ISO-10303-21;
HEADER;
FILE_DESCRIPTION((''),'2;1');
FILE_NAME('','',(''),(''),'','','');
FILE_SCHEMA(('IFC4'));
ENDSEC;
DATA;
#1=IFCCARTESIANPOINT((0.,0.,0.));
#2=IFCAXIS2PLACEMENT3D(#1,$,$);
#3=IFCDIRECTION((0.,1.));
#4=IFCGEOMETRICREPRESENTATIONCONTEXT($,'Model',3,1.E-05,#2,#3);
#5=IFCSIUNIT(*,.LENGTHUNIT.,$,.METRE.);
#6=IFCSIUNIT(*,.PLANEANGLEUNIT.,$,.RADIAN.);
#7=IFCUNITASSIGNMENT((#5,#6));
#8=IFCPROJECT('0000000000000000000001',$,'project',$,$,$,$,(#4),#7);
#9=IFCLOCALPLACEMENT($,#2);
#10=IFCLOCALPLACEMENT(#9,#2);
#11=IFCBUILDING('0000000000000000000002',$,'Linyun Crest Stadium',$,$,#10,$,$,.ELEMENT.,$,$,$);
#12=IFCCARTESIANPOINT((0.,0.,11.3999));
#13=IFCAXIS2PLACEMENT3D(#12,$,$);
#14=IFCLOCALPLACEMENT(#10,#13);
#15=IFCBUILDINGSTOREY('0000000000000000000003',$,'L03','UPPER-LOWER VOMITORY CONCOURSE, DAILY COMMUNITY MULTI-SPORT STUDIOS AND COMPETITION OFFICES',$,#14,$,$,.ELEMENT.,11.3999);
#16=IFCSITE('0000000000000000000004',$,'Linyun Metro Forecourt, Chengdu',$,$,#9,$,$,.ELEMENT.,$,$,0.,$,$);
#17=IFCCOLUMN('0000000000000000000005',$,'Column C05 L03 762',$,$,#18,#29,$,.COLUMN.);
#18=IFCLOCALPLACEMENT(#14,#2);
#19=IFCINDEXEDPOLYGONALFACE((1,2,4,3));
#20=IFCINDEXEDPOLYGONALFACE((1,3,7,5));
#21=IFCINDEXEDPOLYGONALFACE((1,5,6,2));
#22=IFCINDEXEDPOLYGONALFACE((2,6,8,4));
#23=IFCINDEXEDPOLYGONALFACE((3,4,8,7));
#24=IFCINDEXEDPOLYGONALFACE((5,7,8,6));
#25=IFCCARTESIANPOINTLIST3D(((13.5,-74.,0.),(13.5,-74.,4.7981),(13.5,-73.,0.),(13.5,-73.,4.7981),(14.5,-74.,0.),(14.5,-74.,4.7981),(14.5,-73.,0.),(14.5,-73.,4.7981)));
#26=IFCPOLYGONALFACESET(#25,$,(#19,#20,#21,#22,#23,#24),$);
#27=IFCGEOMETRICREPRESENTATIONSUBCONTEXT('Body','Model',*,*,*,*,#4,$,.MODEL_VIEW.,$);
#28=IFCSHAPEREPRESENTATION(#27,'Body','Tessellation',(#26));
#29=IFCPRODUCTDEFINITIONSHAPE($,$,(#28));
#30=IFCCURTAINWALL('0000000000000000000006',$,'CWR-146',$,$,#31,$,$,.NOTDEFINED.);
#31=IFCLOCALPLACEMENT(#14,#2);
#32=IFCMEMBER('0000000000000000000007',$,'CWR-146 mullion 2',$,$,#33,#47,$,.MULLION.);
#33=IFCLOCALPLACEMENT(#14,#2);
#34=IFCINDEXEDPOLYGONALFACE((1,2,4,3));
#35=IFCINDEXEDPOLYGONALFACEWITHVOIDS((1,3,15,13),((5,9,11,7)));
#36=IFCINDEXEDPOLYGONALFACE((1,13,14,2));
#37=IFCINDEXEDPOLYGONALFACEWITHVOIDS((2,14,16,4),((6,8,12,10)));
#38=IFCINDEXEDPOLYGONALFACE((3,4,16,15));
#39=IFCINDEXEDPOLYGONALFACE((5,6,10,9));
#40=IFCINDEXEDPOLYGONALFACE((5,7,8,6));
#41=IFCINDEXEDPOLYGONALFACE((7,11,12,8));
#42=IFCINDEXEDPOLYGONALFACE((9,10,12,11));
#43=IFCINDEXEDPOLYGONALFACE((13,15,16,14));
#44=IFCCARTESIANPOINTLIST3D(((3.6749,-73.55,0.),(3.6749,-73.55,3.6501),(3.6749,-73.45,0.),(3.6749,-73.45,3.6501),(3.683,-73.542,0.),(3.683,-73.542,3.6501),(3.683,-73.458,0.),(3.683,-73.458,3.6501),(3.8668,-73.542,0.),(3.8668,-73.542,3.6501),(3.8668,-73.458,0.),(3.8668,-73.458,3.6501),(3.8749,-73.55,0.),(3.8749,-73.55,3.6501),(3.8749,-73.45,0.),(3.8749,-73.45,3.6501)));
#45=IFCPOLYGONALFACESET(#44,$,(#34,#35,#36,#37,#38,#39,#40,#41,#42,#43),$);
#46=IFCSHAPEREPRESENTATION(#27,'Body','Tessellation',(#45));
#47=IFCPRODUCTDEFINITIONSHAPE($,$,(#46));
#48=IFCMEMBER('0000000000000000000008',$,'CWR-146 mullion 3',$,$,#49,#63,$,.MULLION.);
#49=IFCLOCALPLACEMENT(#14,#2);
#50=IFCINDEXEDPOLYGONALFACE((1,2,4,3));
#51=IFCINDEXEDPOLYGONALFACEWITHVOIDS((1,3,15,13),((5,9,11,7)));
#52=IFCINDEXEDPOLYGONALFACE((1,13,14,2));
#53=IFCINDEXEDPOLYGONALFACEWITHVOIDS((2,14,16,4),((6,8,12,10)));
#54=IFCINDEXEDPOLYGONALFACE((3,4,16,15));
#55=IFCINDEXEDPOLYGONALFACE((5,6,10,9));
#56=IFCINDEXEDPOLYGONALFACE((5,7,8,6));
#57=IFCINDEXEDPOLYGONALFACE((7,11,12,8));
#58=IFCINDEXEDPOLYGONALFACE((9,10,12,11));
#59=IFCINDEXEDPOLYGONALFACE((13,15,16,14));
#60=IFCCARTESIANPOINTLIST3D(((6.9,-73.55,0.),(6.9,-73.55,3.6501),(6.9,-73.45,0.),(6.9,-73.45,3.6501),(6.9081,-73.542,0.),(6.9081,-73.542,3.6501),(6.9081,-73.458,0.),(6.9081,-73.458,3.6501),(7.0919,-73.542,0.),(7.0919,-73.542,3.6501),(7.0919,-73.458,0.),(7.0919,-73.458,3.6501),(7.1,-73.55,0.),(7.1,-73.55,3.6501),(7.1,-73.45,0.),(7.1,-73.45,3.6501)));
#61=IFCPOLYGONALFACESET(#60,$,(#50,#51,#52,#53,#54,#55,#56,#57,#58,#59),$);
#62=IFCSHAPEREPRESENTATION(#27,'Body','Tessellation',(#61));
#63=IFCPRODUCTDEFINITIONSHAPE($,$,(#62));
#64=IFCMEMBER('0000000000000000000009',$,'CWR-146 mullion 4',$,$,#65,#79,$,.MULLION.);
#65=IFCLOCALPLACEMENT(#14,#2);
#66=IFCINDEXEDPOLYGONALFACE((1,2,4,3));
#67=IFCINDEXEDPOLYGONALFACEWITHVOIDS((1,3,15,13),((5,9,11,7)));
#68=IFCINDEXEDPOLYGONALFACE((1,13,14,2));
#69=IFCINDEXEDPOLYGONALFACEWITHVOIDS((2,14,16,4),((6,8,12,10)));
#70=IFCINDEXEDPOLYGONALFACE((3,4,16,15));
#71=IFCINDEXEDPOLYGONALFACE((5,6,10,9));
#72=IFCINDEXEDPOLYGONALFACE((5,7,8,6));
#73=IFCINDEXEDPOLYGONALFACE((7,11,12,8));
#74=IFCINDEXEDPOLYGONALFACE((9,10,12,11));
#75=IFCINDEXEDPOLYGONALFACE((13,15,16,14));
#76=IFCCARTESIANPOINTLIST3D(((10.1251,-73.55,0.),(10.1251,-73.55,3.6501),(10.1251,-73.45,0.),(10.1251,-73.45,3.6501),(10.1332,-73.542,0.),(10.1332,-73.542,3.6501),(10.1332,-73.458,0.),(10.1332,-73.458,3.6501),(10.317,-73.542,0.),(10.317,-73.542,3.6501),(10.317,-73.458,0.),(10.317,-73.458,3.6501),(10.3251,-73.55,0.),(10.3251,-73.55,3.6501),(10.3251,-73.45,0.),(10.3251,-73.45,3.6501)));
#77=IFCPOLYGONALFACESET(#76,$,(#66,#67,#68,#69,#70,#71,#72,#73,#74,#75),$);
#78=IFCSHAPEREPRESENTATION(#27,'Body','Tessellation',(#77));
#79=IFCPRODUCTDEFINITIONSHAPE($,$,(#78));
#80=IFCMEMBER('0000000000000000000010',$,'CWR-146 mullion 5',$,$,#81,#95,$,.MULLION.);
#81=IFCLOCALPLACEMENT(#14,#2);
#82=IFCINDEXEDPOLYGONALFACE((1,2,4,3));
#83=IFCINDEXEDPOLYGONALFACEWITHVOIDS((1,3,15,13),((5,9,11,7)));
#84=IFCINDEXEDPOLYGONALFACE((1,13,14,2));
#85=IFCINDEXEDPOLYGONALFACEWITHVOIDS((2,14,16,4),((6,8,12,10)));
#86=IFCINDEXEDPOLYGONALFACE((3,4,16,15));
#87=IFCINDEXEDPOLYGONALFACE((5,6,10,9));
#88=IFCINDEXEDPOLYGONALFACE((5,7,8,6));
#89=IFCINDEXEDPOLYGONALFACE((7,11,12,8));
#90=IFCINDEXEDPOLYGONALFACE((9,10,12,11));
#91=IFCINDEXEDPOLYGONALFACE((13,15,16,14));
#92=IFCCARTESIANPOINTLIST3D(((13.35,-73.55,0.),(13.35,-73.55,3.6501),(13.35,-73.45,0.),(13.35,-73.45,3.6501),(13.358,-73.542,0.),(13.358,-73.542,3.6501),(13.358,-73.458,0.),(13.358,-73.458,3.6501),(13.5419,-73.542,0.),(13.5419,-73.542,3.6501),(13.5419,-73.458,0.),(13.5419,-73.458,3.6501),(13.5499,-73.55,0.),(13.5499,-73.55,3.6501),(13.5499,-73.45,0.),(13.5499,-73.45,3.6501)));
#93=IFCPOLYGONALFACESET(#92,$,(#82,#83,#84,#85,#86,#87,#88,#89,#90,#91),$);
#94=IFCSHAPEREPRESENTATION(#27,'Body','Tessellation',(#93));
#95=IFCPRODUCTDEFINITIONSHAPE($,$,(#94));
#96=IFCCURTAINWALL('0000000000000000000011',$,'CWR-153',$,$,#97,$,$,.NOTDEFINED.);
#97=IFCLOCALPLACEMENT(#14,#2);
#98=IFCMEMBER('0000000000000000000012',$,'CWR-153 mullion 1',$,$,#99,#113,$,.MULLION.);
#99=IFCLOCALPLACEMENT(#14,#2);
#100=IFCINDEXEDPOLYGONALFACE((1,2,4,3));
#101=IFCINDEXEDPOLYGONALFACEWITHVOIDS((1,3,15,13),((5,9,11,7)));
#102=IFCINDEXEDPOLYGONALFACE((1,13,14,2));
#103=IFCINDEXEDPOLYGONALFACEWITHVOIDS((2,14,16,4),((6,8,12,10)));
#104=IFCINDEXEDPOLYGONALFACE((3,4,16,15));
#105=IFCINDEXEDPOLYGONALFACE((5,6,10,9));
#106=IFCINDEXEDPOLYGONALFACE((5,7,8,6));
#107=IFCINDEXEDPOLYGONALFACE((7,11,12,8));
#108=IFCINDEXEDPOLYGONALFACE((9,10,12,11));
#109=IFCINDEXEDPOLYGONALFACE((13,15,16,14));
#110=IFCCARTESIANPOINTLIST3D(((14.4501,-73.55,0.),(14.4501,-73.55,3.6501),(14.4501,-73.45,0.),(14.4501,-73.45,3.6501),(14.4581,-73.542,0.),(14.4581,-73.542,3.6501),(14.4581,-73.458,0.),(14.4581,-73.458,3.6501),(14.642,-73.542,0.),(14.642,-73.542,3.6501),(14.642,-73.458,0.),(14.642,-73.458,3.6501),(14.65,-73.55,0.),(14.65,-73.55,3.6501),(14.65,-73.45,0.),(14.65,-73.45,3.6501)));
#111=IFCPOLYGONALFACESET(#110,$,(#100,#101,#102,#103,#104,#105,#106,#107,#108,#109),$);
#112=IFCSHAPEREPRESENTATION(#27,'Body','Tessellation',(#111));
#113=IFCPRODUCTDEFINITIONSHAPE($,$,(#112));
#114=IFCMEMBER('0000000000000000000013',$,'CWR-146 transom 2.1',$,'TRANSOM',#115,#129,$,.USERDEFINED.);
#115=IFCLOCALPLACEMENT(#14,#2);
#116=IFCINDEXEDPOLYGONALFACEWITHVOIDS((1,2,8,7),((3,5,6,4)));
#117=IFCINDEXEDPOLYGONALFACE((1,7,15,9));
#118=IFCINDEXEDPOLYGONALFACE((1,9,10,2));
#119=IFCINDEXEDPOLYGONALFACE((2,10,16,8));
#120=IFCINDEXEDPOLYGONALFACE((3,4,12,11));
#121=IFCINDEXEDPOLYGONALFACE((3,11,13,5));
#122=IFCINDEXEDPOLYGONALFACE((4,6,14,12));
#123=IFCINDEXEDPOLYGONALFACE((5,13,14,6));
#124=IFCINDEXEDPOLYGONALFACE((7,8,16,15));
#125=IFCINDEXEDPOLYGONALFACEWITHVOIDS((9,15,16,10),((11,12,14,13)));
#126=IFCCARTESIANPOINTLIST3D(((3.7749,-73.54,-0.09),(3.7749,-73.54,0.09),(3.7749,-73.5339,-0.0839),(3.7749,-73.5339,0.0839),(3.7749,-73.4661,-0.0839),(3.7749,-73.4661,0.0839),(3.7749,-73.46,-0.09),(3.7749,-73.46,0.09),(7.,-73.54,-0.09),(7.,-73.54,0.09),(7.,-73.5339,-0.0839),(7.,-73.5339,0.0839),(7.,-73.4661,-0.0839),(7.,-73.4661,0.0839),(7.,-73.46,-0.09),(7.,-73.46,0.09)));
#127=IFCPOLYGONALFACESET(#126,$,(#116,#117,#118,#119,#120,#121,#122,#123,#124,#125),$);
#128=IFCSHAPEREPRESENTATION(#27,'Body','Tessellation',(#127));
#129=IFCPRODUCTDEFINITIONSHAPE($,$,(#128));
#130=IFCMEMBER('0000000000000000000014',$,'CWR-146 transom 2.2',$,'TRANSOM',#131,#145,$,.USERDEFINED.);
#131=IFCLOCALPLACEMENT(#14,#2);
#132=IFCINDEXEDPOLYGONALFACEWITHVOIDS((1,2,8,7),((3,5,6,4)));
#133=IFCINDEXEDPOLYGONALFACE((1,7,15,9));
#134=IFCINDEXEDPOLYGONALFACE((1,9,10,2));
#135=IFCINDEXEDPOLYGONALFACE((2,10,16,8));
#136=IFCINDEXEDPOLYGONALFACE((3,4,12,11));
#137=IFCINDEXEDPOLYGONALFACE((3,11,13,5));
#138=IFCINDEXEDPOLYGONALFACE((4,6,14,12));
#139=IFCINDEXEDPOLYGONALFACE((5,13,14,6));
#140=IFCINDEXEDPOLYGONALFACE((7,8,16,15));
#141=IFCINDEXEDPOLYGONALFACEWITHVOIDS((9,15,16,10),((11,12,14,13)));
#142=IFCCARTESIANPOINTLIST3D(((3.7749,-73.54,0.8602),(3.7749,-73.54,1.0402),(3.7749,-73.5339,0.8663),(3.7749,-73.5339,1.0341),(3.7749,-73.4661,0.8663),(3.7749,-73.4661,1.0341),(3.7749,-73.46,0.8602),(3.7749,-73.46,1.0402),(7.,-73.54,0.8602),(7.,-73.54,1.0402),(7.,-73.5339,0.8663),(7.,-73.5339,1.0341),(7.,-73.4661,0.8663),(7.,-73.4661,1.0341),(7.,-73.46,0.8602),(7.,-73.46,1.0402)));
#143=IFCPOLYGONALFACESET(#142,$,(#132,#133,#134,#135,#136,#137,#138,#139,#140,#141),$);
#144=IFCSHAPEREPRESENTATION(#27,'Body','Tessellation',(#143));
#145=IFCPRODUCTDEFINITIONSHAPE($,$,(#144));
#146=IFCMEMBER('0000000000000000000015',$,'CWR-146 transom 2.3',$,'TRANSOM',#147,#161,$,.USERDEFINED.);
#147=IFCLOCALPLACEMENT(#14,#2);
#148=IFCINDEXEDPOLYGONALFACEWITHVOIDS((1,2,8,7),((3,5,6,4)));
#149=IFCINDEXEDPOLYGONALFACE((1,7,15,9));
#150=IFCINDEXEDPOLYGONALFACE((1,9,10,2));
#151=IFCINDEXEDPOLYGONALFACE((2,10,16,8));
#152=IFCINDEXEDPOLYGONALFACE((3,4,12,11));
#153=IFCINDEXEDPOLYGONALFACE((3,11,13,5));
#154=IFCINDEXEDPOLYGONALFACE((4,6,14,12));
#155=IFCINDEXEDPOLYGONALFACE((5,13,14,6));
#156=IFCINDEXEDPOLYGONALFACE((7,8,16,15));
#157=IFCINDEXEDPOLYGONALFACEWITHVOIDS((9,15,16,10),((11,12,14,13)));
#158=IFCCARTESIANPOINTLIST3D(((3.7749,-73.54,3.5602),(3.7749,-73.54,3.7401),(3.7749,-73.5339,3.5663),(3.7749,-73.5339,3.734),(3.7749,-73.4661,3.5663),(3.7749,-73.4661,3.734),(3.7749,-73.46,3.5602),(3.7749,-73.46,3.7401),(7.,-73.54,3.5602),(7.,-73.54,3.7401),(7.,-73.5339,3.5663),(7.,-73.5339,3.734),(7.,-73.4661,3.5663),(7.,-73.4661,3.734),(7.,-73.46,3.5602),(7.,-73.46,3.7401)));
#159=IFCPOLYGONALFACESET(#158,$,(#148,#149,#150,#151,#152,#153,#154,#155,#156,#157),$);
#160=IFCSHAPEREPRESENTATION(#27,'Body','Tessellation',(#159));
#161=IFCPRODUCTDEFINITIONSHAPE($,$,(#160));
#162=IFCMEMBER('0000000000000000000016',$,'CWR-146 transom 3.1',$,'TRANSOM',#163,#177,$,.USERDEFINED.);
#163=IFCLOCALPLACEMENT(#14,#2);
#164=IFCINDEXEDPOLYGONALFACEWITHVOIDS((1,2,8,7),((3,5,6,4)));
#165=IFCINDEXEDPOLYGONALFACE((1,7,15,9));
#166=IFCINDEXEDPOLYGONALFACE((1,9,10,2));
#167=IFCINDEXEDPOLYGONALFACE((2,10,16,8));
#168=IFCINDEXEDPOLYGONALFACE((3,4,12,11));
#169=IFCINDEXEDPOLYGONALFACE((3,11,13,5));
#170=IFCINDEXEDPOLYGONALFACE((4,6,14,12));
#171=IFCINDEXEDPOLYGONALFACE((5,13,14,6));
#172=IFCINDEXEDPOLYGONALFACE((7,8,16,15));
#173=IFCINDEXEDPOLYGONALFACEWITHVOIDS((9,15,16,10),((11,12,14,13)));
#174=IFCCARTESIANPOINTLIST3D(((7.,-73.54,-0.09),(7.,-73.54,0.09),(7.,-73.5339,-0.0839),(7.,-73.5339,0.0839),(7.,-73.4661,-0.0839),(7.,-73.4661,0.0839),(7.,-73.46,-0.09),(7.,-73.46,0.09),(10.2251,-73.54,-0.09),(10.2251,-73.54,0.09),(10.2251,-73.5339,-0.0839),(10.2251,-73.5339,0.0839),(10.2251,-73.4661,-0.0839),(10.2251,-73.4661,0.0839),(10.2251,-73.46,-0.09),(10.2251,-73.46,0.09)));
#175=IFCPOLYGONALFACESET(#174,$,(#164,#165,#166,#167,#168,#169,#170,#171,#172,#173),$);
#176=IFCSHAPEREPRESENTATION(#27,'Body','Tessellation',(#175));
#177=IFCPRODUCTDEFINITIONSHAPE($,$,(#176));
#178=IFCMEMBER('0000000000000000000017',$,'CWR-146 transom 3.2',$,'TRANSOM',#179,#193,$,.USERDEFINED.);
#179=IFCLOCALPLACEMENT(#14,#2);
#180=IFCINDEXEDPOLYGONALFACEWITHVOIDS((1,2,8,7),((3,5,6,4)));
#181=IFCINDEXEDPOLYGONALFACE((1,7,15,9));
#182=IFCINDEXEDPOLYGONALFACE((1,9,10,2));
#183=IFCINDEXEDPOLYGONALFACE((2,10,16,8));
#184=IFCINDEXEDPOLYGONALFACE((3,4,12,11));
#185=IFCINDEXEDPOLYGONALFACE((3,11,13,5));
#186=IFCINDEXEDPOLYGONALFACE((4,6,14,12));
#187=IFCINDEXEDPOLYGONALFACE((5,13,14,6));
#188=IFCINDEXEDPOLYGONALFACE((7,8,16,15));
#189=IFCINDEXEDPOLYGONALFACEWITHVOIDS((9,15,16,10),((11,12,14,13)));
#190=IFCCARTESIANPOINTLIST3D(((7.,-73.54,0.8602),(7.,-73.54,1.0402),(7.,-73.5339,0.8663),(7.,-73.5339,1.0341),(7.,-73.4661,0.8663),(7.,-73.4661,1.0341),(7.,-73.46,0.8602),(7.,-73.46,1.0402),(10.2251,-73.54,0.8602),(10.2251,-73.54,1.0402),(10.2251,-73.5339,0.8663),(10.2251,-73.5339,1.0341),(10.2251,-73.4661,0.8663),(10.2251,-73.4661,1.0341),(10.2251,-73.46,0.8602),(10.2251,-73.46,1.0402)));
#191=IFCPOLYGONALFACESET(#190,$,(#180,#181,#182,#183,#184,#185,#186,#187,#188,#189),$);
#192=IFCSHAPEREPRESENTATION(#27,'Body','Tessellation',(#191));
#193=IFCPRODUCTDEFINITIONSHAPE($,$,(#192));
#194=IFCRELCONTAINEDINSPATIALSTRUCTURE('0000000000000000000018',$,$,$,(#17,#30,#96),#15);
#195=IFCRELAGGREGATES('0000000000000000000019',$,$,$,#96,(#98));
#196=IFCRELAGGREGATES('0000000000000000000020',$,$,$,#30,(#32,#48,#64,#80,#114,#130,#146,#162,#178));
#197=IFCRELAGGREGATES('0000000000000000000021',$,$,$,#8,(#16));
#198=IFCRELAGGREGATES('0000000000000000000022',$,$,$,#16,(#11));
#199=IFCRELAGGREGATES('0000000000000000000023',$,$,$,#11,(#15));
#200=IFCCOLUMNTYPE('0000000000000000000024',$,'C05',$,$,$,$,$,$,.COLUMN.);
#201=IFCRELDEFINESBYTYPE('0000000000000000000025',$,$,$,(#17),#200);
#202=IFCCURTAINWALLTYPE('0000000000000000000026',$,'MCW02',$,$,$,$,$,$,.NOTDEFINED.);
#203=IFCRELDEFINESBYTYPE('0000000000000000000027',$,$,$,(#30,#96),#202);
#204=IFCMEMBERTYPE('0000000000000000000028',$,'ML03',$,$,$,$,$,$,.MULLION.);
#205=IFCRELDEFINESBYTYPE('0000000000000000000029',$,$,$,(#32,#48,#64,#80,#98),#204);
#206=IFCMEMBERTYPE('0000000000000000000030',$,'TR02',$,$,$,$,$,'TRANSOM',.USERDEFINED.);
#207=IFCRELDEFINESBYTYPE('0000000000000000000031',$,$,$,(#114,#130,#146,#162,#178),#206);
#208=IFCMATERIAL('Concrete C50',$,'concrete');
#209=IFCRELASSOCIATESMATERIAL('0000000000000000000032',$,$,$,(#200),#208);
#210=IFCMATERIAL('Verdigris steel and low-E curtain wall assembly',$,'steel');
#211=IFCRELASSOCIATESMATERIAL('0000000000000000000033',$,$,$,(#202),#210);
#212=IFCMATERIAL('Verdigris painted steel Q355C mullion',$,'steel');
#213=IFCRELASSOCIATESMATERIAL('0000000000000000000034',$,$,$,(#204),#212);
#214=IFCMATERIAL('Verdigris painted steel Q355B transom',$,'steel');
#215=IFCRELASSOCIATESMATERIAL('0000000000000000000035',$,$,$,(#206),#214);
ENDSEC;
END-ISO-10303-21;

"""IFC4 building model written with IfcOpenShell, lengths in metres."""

from ifc_helpers import new_model, si_unit, direction, frame, origin, origin_2d, place, context, subcontext, project, spatial, rectangle, hollow_rectangle, extrude, material, material_profile, profile_set, type_object, element, aggregate, save


model = new_model("IFC4")

# Units and contexts
model_context = context("Model", 3, precision=1e-05, world=origin(), true_north=direction((0.0, 1.0)))
body_context = subcontext(model_context, "Body", "Model", "MODEL_VIEW")
ifc_project = project(units=[si_unit("LENGTHUNIT", "METRE"), si_unit("PLANEANGLEUNIT", "RADIAN")], contexts=[model_context])

# Site, building, storey
site_placement = place(None, origin())
site = spatial("IfcSite", under=ifc_project, at=site_placement, Name="Linyun Metro Forecourt, Chengdu", CompositionType="ELEMENT", RefElevation=0.0)
building_placement = place(site_placement, origin())
building = spatial("IfcBuilding", under=site, at=building_placement, Name="Linyun Crest Stadium", CompositionType="ELEMENT")
storey_placement = place(building_placement, frame((0.0, 0.0, 11.3999)))
storey = spatial("IfcBuildingStorey", under=building, at=storey_placement, Name="L03", Description="UPPER-LOWER VOMITORY CONCOURSE, DAILY COMMUNITY MULTI-SPORT STUDIOS AND COMPETITION OFFICES", CompositionType="ELEMENT", Elevation=11.3999)

# Column
ifc_material_1 = material(Name="Concrete C50", Category="concrete")
ifc_material_profile_1 = material_profile(ifc_material_1, rectangle(XDim=1.0, YDim=1.0, at=origin_2d()), Name="RC 1000x1000")
ifc_profile_set_1 = profile_set([ifc_material_profile_1], Name="Concrete C50")
column_type = type_object("IfcColumnType", Name="C05", PredefinedType="COLUMN", material=ifc_profile_set_1)
column_placement = place(storey_placement, frame((14.0, -73.5, 0.0), z_axis=(0.0, 0.0, 1.0), x_axis=(1.0, 0.0, 0.0)))
element("IfcColumn", 1, at=column_placement, inside=storey, type_object=column_type, Name="Column C05 L03 762", PredefinedType="COLUMN", context=body_context, shape_type="SweptSolid", body=[
    extrude(rectangle(XDim=1.0, YDim=1.0, at=origin_2d()), origin(), (0.0, 0.0, 1.0), 4.7981),
])

# Curtain wall, members
ifc_material_2 = material(Name="Verdigris steel and low-E curtain wall assembly", Category="steel")
curtain_wall_type = type_object("IfcCurtainWallType", Name="MCW02", PredefinedType="NOTDEFINED", material=ifc_material_2)
curtain_wall_1_placement = place(storey_placement, origin())
curtain_wall_1 = element("IfcCurtainWall", 2, at=curtain_wall_1_placement, inside=storey, type_object=curtain_wall_type, Name="CWR-146", PredefinedType="NOTDEFINED")
ifc_material_3 = material(Name="Verdigris painted steel Q355C mullion", Category="steel")
ifc_material_profile_2 = material_profile(ifc_material_3, hollow_rectangle(XDim=0.1001, YDim=0.2, WallThickness=0.0081, at=origin_2d()), Name="RHS 200x100x8")
ifc_profile_set_2 = profile_set([ifc_material_profile_2], Name="Verdigris painted steel Q355C mullion")
member_type_1 = type_object("IfcMemberType", Name="ML03", PredefinedType="MULLION", material=ifc_profile_set_2)
member_1_placement = place(storey_placement, frame((3.7749, -73.5, 0.0), z_axis=(0.0, 0.0, 1.0), x_axis=(0.0, 1.0, 0.0)))
member_1 = element("IfcMember", 3, at=member_1_placement, type_object=member_type_1, Name="CWR-146 mullion 2", PredefinedType="MULLION", context=body_context, shape_type="SweptSolid", body=[
    extrude(hollow_rectangle(XDim=0.1001, YDim=0.2, WallThickness=0.0081, at=origin_2d()), origin(), (0.0, 0.0, 1.0), 3.6501),
])
member_2_placement = place(storey_placement, frame((7.0, -73.5, 0.0), z_axis=(0.0, 0.0, 1.0), x_axis=(0.0, 1.0, 0.0)))
member_2 = element("IfcMember", 4, at=member_2_placement, type_object=member_type_1, Name="CWR-146 mullion 3", PredefinedType="MULLION", context=body_context, shape_type="SweptSolid", body=[
    extrude(hollow_rectangle(XDim=0.1001, YDim=0.2, WallThickness=0.0081, at=origin_2d()), origin(), (0.0, 0.0, 1.0), 3.6501),
])
member_3_placement = place(storey_placement, frame((10.2251, -73.5, 0.0), z_axis=(0.0, 0.0, 1.0), x_axis=(0.0, 1.0, 0.0)))
member_3 = element("IfcMember", 5, at=member_3_placement, type_object=member_type_1, Name="CWR-146 mullion 4", PredefinedType="MULLION", context=body_context, shape_type="SweptSolid", body=[
    extrude(hollow_rectangle(XDim=0.1001, YDim=0.2, WallThickness=0.0081, at=origin_2d()), origin(), (0.0, 0.0, 1.0), 3.6501),
])
member_4_placement = place(storey_placement, frame((13.45, -73.5, 0.0), z_axis=(0.0, 0.0, 1.0), x_axis=(0.0, 1.0, 0.0)))
member_4 = element("IfcMember", 6, at=member_4_placement, type_object=member_type_1, Name="CWR-146 mullion 5", PredefinedType="MULLION", context=body_context, shape_type="SweptSolid", body=[
    extrude(hollow_rectangle(XDim=0.1001, YDim=0.2, WallThickness=0.0081, at=origin_2d()), origin(), (0.0, 0.0, 1.0), 3.6501),
])

# Curtain wall, member
curtain_wall_2_placement = place(storey_placement, origin())
curtain_wall_2 = element("IfcCurtainWall", 7, at=curtain_wall_2_placement, inside=storey, type_object=curtain_wall_type, Name="CWR-153", PredefinedType="NOTDEFINED")
member_5_placement = place(storey_placement, frame((14.55, -73.5, 0.0), z_axis=(0.0, 0.0, 1.0), x_axis=(0.0, 1.0, 0.0)))
member_5 = element("IfcMember", 8, at=member_5_placement, type_object=member_type_1, Name="CWR-153 mullion 1", PredefinedType="MULLION", context=body_context, shape_type="SweptSolid", body=[
    extrude(hollow_rectangle(XDim=0.1001, YDim=0.2, WallThickness=0.0081, at=origin_2d()), origin(), (0.0, 0.0, 1.0), 3.6501),
])

# Members
ifc_material_4 = material(Name="Verdigris painted steel Q355B transom", Category="steel")
ifc_material_profile_3 = material_profile(ifc_material_4, hollow_rectangle(XDim=0.0801, YDim=0.1799, WallThickness=0.0061, at=origin_2d()), Name="RHS 180x80x6")
ifc_profile_set_3 = profile_set([ifc_material_profile_3], Name="Verdigris painted steel Q355B transom")
member_type_2 = type_object("IfcMemberType", Name="TR02", ElementType="TRANSOM", PredefinedType="USERDEFINED", material=ifc_profile_set_3)
member_6_placement = place(storey_placement, frame((3.7749, -73.5, 0.0), z_axis=(1.0, 0.0, 0.0), x_axis=(0.0, 1.0, 0.0)))
member_6 = element("IfcMember", 9, at=member_6_placement, type_object=member_type_2, Name="CWR-146 transom 2.1", ObjectType="TRANSOM", PredefinedType="USERDEFINED", context=body_context, shape_type="SweptSolid", body=[
    extrude(hollow_rectangle(XDim=0.0801, YDim=0.1799, WallThickness=0.0061, at=origin_2d()), origin(), (0.0, 0.0, 1.0), 3.2251),
])
member_7_placement = place(storey_placement, frame((3.7749, -73.5, 0.9502), z_axis=(1.0, 0.0, 0.0), x_axis=(0.0, 1.0, 0.0)))
member_7 = element("IfcMember", 10, at=member_7_placement, type_object=member_type_2, Name="CWR-146 transom 2.2", ObjectType="TRANSOM", PredefinedType="USERDEFINED", context=body_context, shape_type="SweptSolid", body=[
    extrude(hollow_rectangle(XDim=0.0801, YDim=0.1799, WallThickness=0.0061, at=origin_2d()), origin(), (0.0, 0.0, 1.0), 3.2251),
])
member_8_placement = place(storey_placement, frame((3.7749, -73.5, 3.6501), z_axis=(1.0, 0.0, 0.0), x_axis=(0.0, 1.0, 0.0)))
member_8 = element("IfcMember", 11, at=member_8_placement, type_object=member_type_2, Name="CWR-146 transom 2.3", ObjectType="TRANSOM", PredefinedType="USERDEFINED", context=body_context, shape_type="SweptSolid", body=[
    extrude(hollow_rectangle(XDim=0.0801, YDim=0.1799, WallThickness=0.0061, at=origin_2d()), origin(), (0.0, 0.0, 1.0), 3.2251),
])
member_9_placement = place(storey_placement, frame((7.0, -73.5, 0.0), z_axis=(1.0, 0.0, 0.0), x_axis=(0.0, 1.0, 0.0)))
member_9 = element("IfcMember", 12, at=member_9_placement, type_object=member_type_2, Name="CWR-146 transom 3.1", ObjectType="TRANSOM", PredefinedType="USERDEFINED", context=body_context, shape_type="SweptSolid", body=[
    extrude(hollow_rectangle(XDim=0.0801, YDim=0.1799, WallThickness=0.0061, at=origin_2d()), origin(), (0.0, 0.0, 1.0), 3.2251),
])
member_10_placement = place(storey_placement, frame((7.0, -73.5, 0.9502), z_axis=(1.0, 0.0, 0.0), x_axis=(0.0, 1.0, 0.0)))
member_10 = element("IfcMember", 13, at=member_10_placement, type_object=member_type_2, Name="CWR-146 transom 3.2", ObjectType="TRANSOM", PredefinedType="USERDEFINED", context=body_context, shape_type="SweptSolid", body=[
    extrude(hollow_rectangle(XDim=0.0801, YDim=0.1799, WallThickness=0.0061, at=origin_2d()), origin(), (0.0, 0.0, 1.0), 3.2251),
])
aggregate(curtain_wall_2, [member_5])

aggregate(curtain_wall_1, [member_1, member_2, member_3, member_4, member_6, member_7, member_8, member_9, member_10])

save(model, "model.ifc")
